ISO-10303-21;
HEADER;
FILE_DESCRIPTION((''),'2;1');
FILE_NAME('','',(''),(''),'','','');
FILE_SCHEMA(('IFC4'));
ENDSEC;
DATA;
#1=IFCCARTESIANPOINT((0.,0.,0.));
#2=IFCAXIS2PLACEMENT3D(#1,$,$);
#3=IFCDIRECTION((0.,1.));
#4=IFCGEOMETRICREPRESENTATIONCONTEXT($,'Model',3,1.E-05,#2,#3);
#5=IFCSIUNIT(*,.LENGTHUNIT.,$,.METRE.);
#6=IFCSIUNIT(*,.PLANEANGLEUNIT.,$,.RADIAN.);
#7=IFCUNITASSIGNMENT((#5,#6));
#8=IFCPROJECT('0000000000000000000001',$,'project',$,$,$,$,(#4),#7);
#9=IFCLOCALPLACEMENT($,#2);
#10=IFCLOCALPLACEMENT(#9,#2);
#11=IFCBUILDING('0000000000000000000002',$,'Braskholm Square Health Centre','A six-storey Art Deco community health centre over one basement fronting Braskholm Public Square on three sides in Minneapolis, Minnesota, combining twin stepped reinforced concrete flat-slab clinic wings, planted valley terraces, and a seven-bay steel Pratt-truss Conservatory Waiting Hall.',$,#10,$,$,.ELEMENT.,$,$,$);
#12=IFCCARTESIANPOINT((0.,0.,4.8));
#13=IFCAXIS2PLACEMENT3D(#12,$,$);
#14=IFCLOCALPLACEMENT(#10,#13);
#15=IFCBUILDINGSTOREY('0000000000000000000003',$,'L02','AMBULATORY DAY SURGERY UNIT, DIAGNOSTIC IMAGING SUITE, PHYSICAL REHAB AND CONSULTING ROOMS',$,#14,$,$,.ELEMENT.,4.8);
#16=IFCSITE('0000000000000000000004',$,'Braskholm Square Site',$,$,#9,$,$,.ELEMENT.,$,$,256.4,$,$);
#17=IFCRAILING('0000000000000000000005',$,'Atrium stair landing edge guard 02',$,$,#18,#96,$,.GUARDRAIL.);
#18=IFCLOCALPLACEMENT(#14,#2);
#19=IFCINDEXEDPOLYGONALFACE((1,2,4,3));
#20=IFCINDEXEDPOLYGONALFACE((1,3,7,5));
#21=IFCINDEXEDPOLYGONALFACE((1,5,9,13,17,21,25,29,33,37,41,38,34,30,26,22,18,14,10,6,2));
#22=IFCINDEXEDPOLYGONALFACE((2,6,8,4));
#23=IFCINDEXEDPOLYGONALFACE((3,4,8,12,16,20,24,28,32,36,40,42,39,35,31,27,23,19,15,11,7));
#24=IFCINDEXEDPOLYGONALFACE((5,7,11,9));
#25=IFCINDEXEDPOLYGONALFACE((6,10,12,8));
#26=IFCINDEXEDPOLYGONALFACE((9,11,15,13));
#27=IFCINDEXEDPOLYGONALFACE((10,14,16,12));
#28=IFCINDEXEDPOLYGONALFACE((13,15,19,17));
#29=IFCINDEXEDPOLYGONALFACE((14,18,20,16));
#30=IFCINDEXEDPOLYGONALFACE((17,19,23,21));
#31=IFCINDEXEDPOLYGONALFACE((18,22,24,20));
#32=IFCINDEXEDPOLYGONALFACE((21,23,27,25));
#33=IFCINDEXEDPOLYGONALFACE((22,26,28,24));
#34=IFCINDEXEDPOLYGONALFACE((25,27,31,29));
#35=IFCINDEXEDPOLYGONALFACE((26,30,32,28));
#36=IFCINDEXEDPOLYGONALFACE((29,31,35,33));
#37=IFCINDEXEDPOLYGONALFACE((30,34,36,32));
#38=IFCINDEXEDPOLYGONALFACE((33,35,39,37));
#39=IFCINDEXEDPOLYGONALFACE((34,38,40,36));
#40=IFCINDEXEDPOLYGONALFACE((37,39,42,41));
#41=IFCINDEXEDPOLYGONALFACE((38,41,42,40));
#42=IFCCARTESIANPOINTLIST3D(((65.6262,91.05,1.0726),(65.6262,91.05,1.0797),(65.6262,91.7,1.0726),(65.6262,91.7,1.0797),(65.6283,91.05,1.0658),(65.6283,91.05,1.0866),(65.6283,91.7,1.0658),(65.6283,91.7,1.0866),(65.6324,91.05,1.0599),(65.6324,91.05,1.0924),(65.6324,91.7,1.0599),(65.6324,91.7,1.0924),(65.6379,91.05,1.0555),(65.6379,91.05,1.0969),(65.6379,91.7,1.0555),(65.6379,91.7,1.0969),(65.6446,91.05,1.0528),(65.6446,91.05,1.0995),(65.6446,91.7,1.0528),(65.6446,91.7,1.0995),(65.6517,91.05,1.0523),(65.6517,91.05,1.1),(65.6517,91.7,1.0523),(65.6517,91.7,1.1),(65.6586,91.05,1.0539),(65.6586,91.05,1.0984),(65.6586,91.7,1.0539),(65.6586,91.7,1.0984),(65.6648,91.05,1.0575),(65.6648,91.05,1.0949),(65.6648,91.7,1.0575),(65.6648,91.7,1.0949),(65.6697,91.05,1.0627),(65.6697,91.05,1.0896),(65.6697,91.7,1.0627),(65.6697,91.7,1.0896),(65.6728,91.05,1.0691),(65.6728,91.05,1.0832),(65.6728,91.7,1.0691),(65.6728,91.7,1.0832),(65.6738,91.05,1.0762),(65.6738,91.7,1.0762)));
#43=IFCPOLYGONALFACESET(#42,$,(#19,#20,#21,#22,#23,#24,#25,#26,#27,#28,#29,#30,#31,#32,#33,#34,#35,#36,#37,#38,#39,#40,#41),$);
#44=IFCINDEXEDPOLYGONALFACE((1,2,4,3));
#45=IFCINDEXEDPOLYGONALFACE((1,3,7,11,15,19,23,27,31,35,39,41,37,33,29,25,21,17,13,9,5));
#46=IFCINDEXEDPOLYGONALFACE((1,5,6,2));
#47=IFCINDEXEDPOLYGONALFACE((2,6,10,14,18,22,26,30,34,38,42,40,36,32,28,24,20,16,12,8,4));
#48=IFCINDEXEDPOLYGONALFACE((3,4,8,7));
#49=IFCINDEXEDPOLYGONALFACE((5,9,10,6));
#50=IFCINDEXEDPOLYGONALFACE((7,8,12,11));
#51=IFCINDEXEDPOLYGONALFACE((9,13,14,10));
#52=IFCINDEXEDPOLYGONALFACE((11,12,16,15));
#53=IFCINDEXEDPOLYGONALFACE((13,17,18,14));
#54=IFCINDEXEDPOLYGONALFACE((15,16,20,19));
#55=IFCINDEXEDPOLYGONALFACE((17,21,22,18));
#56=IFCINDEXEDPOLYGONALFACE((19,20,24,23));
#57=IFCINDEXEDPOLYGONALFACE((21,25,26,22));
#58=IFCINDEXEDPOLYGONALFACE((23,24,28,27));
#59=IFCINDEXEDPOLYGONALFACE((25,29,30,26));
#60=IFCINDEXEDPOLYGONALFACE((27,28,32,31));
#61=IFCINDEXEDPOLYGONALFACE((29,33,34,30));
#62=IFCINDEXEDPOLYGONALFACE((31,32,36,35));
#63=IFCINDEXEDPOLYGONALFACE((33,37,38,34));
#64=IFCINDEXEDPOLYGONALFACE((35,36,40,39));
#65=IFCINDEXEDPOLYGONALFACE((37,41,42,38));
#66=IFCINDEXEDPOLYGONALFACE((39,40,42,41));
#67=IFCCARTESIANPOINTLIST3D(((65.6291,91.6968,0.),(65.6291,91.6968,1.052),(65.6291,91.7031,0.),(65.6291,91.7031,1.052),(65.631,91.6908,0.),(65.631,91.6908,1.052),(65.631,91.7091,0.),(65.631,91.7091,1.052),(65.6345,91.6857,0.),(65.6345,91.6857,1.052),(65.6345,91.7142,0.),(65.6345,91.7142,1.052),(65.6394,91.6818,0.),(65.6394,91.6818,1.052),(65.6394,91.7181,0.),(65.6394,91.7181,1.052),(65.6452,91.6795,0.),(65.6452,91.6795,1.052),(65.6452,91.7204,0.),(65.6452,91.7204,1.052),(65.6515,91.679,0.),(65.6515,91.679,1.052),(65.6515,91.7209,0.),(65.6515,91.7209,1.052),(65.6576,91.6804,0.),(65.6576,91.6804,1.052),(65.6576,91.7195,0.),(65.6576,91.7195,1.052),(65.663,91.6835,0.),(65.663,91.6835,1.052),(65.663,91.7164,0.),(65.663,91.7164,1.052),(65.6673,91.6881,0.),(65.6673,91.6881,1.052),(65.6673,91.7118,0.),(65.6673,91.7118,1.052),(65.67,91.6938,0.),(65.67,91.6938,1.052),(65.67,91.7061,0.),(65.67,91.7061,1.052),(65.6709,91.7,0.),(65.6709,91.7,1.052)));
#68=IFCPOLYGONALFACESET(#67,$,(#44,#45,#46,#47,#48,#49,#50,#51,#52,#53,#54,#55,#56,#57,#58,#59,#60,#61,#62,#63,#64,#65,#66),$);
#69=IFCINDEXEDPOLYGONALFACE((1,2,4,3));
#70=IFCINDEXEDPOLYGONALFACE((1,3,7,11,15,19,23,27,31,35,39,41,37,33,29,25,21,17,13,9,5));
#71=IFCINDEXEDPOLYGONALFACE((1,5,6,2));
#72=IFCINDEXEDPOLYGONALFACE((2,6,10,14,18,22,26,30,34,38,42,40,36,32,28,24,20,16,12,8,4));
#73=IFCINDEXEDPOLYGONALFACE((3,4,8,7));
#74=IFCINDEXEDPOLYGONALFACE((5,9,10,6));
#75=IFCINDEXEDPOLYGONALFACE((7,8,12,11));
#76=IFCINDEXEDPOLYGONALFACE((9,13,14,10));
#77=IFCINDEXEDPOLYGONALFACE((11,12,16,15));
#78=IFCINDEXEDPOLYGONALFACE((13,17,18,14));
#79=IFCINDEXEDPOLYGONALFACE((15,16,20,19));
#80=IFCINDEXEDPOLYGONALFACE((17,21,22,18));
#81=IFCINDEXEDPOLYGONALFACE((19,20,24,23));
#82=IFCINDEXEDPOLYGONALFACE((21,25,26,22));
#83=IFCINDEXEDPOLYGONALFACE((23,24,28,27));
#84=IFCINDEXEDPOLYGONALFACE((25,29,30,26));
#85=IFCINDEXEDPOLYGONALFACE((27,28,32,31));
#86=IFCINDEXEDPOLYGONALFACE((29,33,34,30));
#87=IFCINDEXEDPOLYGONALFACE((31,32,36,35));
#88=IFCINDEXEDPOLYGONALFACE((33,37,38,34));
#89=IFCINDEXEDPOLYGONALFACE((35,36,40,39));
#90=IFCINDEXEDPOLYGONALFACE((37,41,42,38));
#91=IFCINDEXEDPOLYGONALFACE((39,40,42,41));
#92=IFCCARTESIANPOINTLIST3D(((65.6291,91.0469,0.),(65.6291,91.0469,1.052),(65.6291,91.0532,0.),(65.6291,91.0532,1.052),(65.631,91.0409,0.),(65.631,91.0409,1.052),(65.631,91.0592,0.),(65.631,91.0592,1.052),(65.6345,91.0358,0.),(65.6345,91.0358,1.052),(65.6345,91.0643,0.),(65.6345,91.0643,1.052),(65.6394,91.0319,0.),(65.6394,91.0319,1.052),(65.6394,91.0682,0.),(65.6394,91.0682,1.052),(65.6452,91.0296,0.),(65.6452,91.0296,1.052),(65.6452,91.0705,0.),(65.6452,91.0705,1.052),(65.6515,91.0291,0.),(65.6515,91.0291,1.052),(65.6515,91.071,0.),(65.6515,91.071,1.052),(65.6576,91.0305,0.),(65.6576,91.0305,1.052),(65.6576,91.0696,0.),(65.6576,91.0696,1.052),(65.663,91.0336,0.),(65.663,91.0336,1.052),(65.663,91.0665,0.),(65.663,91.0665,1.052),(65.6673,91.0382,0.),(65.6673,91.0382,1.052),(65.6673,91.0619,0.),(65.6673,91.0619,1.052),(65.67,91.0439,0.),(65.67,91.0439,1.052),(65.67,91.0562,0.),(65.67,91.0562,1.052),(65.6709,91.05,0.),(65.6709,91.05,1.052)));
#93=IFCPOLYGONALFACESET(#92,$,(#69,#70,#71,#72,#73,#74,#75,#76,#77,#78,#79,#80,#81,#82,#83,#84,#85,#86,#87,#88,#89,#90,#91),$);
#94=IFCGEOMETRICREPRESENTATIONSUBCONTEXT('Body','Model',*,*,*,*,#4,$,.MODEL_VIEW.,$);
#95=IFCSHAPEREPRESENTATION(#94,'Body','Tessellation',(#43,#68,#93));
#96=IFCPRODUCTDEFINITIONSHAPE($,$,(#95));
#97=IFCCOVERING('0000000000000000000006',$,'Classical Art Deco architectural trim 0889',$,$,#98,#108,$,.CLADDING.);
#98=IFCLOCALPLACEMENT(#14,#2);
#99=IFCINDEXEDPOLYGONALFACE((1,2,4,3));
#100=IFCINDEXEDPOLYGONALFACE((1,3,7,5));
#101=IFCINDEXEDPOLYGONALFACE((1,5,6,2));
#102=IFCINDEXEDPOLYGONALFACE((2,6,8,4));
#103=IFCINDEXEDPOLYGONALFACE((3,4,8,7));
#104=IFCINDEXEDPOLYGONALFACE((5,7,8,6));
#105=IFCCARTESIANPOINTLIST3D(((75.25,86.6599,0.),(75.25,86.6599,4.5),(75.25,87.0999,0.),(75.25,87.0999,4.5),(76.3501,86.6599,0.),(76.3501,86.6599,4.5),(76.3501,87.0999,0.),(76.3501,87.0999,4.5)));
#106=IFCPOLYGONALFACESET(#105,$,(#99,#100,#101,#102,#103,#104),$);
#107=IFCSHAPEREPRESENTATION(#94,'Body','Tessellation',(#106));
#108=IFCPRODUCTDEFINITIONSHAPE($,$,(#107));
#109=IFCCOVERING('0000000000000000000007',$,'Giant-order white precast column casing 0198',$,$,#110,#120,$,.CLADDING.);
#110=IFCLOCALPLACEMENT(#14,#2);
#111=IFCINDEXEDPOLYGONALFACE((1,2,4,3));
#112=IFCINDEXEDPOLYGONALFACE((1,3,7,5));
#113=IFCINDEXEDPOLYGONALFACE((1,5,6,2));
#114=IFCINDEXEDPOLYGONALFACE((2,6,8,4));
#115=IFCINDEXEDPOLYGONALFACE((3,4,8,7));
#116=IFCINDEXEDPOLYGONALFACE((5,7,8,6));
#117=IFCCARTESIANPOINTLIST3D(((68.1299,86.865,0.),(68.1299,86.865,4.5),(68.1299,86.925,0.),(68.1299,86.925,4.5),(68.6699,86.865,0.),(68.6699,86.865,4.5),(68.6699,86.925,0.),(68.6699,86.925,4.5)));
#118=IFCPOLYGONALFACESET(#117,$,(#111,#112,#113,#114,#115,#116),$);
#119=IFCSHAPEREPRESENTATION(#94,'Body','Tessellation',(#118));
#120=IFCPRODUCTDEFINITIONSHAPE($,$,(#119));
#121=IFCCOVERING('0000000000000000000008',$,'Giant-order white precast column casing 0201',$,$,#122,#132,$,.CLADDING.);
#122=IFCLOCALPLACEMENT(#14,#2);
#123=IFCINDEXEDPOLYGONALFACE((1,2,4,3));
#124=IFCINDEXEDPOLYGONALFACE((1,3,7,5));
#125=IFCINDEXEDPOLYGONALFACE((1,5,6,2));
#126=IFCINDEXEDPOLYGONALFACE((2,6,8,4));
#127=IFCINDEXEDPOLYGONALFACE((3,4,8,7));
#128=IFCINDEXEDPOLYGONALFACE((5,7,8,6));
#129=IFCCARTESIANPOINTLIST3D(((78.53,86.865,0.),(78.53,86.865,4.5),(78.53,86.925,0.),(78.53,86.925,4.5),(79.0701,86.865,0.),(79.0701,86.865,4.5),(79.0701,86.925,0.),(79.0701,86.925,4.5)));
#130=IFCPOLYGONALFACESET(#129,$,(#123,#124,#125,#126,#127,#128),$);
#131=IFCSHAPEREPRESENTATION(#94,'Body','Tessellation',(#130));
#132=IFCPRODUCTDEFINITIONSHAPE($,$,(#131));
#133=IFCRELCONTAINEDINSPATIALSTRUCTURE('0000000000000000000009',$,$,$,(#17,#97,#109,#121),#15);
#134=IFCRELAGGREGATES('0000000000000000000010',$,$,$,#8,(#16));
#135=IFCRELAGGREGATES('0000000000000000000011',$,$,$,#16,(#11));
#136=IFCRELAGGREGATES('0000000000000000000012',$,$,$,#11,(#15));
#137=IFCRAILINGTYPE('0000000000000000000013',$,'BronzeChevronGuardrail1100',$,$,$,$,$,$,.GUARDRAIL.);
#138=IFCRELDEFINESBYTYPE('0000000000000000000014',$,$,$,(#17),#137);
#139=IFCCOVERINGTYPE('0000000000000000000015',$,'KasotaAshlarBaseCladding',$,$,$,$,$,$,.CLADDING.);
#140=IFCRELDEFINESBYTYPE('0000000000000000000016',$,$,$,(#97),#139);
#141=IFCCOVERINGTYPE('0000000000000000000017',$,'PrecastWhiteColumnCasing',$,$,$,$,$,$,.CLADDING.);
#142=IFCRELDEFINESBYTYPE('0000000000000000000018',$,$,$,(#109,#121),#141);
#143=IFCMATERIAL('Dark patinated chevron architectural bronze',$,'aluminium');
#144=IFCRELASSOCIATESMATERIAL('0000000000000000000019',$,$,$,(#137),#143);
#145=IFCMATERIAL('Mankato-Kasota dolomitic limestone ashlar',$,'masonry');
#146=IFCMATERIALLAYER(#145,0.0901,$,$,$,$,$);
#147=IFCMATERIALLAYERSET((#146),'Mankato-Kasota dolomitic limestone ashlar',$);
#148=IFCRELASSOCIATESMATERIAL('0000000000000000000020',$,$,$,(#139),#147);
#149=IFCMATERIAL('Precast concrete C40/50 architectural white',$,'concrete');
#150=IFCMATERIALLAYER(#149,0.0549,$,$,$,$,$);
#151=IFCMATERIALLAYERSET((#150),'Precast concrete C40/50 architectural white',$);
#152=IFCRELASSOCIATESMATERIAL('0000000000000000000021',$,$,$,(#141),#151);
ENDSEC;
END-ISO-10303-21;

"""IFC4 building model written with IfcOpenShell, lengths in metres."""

from ifc_helpers import new_model, si_unit, direction, frame, origin, origin_2d, place, context, subcontext, project, spatial, rectangle, circle, extrude, material, layer, layer_set, type_object, element, save


model = new_model("IFC4")

# Units and contexts
model_context = context("Model", 3, precision=1e-05, world=origin(), true_north=direction((0.0, 1.0)))
body_context = subcontext(model_context, "Body", "Model", "MODEL_VIEW")
ifc_project = project(units=[si_unit("LENGTHUNIT", "METRE"), si_unit("PLANEANGLEUNIT", "RADIAN")], contexts=[model_context])

# Site, building, storey
site_placement = place(None, origin())
site = spatial("IfcSite", under=ifc_project, at=site_placement, Name="Braskholm Square Site", CompositionType="ELEMENT", RefElevation=256.4)
building_placement = place(site_placement, origin())
building = spatial("IfcBuilding", under=site, at=building_placement, Name="Braskholm Square Health Centre", Description="A six-storey Art Deco community health centre over one basement fronting Braskholm Public Square on three sides in Minneapolis, Minnesota, combining twin stepped reinforced concrete flat-slab clinic wings, planted valley terraces, and a seven-bay steel Pratt-truss Conservatory Waiting Hall.", CompositionType="ELEMENT")
storey_placement = place(building_placement, frame((0.0, 0.0, 4.8)))
storey = spatial("IfcBuildingStorey", under=building, at=storey_placement, Name="L02", Description="AMBULATORY DAY SURGERY UNIT, DIAGNOSTIC IMAGING SUITE, PHYSICAL REHAB AND CONSULTING ROOMS", CompositionType="ELEMENT", Elevation=4.8)

# Shared definitions
ifc_material_1 = material(Name="Precast concrete C40/50 architectural white", Category="concrete")

# Railing
ifc_material_2 = material(Name="Dark patinated chevron architectural bronze", Category="aluminium")
railing_type = type_object("IfcRailingType", Name="BronzeChevronGuardrail1100", PredefinedType="GUARDRAIL", material=ifc_material_2)
railing_1_placement = place(storey_placement, frame((65.6499, 91.7, 0.0)))
element("IfcRailing", 1, at=railing_1_placement, inside=storey, type_object=railing_type, Name="Atrium stair landing edge guard 02", PredefinedType="GUARDRAIL", context=body_context, shape_type="SweptSolid", body=[
    extrude(circle(Radius=0.0239, at=origin_2d()), frame((0.0, 0.0, 1.0762), z_axis=(0.0, -1.0, 0.0), x_axis=(1.0, 0.0, 0.0)), (0.0, 0.0, 1.0), 0.6499),
    extrude(circle(Radius=0.021, at=origin_2d()), origin(), (0.0, 0.0, 1.0), 1.052),
    extrude(circle(Radius=0.021, at=origin_2d()), frame((0.0, -0.6499, 0.0)), (0.0, 0.0, 1.0), 1.052),
])

# Coverings
ifc_material_3 = material(Name="Mankato-Kasota dolomitic limestone ashlar", Category="masonry")
ifc_layer_1 = layer(ifc_material_3, 0.0901)
ifc_layer_set_1 = layer_set([ifc_layer_1], Name="Mankato-Kasota dolomitic limestone ashlar")
covering_type_1 = type_object("IfcCoveringType", Name="KasotaAshlarBaseCladding", PredefinedType="CLADDING", material=ifc_layer_set_1)
covering_placement = place(storey_placement, frame((75.8, 86.8799, 0.0), z_axis=(0.0, 0.0, 1.0), x_axis=(1.0, 0.0, 0.0)))
element("IfcCovering", 2, at=covering_placement, inside=storey, type_object=covering_type_1, Name="Classical Art Deco architectural trim 0889", PredefinedType="CLADDING", context=body_context, shape_type="SweptSolid", body=[
    extrude(rectangle(XDim=1.1001, YDim=0.4399, at=origin_2d()), origin(), (0.0, 0.0, 1.0), 4.5),
])
ifc_layer_2 = layer(ifc_material_1, 0.0549)
ifc_layer_set_2 = layer_set([ifc_layer_2], Name="Precast concrete C40/50 architectural white")
covering_type_2 = type_object("IfcCoveringType", Name="PrecastWhiteColumnCasing", PredefinedType="CLADDING", material=ifc_layer_set_2)
for number, where, z_axis, x_axis, name in (
    (3, (68.3999, 86.895, 0.0), (0.0, 0.0, 1.0), (1.0, 0.0, 0.0), "Giant-order white precast column casing 0198"),
    (4, (78.8, 86.895, 0.0), (0.0, 0.0, 1.0), (1.0, 0.0, 0.0), "Giant-order white precast column casing 0201"),
):
    element("IfcCovering", number, at=place(storey_placement, frame(where, z_axis=z_axis, x_axis=x_axis)), inside=storey, type_object=covering_type_2, Name=name, PredefinedType="CLADDING", context=body_context, shape_type="SweptSolid", body=[
        extrude(rectangle(XDim=0.54, YDim=0.0601, at=origin_2d()), origin(), (0.0, 0.0, 1.0), 4.5),
    ])

save(model, "model.ifc")
